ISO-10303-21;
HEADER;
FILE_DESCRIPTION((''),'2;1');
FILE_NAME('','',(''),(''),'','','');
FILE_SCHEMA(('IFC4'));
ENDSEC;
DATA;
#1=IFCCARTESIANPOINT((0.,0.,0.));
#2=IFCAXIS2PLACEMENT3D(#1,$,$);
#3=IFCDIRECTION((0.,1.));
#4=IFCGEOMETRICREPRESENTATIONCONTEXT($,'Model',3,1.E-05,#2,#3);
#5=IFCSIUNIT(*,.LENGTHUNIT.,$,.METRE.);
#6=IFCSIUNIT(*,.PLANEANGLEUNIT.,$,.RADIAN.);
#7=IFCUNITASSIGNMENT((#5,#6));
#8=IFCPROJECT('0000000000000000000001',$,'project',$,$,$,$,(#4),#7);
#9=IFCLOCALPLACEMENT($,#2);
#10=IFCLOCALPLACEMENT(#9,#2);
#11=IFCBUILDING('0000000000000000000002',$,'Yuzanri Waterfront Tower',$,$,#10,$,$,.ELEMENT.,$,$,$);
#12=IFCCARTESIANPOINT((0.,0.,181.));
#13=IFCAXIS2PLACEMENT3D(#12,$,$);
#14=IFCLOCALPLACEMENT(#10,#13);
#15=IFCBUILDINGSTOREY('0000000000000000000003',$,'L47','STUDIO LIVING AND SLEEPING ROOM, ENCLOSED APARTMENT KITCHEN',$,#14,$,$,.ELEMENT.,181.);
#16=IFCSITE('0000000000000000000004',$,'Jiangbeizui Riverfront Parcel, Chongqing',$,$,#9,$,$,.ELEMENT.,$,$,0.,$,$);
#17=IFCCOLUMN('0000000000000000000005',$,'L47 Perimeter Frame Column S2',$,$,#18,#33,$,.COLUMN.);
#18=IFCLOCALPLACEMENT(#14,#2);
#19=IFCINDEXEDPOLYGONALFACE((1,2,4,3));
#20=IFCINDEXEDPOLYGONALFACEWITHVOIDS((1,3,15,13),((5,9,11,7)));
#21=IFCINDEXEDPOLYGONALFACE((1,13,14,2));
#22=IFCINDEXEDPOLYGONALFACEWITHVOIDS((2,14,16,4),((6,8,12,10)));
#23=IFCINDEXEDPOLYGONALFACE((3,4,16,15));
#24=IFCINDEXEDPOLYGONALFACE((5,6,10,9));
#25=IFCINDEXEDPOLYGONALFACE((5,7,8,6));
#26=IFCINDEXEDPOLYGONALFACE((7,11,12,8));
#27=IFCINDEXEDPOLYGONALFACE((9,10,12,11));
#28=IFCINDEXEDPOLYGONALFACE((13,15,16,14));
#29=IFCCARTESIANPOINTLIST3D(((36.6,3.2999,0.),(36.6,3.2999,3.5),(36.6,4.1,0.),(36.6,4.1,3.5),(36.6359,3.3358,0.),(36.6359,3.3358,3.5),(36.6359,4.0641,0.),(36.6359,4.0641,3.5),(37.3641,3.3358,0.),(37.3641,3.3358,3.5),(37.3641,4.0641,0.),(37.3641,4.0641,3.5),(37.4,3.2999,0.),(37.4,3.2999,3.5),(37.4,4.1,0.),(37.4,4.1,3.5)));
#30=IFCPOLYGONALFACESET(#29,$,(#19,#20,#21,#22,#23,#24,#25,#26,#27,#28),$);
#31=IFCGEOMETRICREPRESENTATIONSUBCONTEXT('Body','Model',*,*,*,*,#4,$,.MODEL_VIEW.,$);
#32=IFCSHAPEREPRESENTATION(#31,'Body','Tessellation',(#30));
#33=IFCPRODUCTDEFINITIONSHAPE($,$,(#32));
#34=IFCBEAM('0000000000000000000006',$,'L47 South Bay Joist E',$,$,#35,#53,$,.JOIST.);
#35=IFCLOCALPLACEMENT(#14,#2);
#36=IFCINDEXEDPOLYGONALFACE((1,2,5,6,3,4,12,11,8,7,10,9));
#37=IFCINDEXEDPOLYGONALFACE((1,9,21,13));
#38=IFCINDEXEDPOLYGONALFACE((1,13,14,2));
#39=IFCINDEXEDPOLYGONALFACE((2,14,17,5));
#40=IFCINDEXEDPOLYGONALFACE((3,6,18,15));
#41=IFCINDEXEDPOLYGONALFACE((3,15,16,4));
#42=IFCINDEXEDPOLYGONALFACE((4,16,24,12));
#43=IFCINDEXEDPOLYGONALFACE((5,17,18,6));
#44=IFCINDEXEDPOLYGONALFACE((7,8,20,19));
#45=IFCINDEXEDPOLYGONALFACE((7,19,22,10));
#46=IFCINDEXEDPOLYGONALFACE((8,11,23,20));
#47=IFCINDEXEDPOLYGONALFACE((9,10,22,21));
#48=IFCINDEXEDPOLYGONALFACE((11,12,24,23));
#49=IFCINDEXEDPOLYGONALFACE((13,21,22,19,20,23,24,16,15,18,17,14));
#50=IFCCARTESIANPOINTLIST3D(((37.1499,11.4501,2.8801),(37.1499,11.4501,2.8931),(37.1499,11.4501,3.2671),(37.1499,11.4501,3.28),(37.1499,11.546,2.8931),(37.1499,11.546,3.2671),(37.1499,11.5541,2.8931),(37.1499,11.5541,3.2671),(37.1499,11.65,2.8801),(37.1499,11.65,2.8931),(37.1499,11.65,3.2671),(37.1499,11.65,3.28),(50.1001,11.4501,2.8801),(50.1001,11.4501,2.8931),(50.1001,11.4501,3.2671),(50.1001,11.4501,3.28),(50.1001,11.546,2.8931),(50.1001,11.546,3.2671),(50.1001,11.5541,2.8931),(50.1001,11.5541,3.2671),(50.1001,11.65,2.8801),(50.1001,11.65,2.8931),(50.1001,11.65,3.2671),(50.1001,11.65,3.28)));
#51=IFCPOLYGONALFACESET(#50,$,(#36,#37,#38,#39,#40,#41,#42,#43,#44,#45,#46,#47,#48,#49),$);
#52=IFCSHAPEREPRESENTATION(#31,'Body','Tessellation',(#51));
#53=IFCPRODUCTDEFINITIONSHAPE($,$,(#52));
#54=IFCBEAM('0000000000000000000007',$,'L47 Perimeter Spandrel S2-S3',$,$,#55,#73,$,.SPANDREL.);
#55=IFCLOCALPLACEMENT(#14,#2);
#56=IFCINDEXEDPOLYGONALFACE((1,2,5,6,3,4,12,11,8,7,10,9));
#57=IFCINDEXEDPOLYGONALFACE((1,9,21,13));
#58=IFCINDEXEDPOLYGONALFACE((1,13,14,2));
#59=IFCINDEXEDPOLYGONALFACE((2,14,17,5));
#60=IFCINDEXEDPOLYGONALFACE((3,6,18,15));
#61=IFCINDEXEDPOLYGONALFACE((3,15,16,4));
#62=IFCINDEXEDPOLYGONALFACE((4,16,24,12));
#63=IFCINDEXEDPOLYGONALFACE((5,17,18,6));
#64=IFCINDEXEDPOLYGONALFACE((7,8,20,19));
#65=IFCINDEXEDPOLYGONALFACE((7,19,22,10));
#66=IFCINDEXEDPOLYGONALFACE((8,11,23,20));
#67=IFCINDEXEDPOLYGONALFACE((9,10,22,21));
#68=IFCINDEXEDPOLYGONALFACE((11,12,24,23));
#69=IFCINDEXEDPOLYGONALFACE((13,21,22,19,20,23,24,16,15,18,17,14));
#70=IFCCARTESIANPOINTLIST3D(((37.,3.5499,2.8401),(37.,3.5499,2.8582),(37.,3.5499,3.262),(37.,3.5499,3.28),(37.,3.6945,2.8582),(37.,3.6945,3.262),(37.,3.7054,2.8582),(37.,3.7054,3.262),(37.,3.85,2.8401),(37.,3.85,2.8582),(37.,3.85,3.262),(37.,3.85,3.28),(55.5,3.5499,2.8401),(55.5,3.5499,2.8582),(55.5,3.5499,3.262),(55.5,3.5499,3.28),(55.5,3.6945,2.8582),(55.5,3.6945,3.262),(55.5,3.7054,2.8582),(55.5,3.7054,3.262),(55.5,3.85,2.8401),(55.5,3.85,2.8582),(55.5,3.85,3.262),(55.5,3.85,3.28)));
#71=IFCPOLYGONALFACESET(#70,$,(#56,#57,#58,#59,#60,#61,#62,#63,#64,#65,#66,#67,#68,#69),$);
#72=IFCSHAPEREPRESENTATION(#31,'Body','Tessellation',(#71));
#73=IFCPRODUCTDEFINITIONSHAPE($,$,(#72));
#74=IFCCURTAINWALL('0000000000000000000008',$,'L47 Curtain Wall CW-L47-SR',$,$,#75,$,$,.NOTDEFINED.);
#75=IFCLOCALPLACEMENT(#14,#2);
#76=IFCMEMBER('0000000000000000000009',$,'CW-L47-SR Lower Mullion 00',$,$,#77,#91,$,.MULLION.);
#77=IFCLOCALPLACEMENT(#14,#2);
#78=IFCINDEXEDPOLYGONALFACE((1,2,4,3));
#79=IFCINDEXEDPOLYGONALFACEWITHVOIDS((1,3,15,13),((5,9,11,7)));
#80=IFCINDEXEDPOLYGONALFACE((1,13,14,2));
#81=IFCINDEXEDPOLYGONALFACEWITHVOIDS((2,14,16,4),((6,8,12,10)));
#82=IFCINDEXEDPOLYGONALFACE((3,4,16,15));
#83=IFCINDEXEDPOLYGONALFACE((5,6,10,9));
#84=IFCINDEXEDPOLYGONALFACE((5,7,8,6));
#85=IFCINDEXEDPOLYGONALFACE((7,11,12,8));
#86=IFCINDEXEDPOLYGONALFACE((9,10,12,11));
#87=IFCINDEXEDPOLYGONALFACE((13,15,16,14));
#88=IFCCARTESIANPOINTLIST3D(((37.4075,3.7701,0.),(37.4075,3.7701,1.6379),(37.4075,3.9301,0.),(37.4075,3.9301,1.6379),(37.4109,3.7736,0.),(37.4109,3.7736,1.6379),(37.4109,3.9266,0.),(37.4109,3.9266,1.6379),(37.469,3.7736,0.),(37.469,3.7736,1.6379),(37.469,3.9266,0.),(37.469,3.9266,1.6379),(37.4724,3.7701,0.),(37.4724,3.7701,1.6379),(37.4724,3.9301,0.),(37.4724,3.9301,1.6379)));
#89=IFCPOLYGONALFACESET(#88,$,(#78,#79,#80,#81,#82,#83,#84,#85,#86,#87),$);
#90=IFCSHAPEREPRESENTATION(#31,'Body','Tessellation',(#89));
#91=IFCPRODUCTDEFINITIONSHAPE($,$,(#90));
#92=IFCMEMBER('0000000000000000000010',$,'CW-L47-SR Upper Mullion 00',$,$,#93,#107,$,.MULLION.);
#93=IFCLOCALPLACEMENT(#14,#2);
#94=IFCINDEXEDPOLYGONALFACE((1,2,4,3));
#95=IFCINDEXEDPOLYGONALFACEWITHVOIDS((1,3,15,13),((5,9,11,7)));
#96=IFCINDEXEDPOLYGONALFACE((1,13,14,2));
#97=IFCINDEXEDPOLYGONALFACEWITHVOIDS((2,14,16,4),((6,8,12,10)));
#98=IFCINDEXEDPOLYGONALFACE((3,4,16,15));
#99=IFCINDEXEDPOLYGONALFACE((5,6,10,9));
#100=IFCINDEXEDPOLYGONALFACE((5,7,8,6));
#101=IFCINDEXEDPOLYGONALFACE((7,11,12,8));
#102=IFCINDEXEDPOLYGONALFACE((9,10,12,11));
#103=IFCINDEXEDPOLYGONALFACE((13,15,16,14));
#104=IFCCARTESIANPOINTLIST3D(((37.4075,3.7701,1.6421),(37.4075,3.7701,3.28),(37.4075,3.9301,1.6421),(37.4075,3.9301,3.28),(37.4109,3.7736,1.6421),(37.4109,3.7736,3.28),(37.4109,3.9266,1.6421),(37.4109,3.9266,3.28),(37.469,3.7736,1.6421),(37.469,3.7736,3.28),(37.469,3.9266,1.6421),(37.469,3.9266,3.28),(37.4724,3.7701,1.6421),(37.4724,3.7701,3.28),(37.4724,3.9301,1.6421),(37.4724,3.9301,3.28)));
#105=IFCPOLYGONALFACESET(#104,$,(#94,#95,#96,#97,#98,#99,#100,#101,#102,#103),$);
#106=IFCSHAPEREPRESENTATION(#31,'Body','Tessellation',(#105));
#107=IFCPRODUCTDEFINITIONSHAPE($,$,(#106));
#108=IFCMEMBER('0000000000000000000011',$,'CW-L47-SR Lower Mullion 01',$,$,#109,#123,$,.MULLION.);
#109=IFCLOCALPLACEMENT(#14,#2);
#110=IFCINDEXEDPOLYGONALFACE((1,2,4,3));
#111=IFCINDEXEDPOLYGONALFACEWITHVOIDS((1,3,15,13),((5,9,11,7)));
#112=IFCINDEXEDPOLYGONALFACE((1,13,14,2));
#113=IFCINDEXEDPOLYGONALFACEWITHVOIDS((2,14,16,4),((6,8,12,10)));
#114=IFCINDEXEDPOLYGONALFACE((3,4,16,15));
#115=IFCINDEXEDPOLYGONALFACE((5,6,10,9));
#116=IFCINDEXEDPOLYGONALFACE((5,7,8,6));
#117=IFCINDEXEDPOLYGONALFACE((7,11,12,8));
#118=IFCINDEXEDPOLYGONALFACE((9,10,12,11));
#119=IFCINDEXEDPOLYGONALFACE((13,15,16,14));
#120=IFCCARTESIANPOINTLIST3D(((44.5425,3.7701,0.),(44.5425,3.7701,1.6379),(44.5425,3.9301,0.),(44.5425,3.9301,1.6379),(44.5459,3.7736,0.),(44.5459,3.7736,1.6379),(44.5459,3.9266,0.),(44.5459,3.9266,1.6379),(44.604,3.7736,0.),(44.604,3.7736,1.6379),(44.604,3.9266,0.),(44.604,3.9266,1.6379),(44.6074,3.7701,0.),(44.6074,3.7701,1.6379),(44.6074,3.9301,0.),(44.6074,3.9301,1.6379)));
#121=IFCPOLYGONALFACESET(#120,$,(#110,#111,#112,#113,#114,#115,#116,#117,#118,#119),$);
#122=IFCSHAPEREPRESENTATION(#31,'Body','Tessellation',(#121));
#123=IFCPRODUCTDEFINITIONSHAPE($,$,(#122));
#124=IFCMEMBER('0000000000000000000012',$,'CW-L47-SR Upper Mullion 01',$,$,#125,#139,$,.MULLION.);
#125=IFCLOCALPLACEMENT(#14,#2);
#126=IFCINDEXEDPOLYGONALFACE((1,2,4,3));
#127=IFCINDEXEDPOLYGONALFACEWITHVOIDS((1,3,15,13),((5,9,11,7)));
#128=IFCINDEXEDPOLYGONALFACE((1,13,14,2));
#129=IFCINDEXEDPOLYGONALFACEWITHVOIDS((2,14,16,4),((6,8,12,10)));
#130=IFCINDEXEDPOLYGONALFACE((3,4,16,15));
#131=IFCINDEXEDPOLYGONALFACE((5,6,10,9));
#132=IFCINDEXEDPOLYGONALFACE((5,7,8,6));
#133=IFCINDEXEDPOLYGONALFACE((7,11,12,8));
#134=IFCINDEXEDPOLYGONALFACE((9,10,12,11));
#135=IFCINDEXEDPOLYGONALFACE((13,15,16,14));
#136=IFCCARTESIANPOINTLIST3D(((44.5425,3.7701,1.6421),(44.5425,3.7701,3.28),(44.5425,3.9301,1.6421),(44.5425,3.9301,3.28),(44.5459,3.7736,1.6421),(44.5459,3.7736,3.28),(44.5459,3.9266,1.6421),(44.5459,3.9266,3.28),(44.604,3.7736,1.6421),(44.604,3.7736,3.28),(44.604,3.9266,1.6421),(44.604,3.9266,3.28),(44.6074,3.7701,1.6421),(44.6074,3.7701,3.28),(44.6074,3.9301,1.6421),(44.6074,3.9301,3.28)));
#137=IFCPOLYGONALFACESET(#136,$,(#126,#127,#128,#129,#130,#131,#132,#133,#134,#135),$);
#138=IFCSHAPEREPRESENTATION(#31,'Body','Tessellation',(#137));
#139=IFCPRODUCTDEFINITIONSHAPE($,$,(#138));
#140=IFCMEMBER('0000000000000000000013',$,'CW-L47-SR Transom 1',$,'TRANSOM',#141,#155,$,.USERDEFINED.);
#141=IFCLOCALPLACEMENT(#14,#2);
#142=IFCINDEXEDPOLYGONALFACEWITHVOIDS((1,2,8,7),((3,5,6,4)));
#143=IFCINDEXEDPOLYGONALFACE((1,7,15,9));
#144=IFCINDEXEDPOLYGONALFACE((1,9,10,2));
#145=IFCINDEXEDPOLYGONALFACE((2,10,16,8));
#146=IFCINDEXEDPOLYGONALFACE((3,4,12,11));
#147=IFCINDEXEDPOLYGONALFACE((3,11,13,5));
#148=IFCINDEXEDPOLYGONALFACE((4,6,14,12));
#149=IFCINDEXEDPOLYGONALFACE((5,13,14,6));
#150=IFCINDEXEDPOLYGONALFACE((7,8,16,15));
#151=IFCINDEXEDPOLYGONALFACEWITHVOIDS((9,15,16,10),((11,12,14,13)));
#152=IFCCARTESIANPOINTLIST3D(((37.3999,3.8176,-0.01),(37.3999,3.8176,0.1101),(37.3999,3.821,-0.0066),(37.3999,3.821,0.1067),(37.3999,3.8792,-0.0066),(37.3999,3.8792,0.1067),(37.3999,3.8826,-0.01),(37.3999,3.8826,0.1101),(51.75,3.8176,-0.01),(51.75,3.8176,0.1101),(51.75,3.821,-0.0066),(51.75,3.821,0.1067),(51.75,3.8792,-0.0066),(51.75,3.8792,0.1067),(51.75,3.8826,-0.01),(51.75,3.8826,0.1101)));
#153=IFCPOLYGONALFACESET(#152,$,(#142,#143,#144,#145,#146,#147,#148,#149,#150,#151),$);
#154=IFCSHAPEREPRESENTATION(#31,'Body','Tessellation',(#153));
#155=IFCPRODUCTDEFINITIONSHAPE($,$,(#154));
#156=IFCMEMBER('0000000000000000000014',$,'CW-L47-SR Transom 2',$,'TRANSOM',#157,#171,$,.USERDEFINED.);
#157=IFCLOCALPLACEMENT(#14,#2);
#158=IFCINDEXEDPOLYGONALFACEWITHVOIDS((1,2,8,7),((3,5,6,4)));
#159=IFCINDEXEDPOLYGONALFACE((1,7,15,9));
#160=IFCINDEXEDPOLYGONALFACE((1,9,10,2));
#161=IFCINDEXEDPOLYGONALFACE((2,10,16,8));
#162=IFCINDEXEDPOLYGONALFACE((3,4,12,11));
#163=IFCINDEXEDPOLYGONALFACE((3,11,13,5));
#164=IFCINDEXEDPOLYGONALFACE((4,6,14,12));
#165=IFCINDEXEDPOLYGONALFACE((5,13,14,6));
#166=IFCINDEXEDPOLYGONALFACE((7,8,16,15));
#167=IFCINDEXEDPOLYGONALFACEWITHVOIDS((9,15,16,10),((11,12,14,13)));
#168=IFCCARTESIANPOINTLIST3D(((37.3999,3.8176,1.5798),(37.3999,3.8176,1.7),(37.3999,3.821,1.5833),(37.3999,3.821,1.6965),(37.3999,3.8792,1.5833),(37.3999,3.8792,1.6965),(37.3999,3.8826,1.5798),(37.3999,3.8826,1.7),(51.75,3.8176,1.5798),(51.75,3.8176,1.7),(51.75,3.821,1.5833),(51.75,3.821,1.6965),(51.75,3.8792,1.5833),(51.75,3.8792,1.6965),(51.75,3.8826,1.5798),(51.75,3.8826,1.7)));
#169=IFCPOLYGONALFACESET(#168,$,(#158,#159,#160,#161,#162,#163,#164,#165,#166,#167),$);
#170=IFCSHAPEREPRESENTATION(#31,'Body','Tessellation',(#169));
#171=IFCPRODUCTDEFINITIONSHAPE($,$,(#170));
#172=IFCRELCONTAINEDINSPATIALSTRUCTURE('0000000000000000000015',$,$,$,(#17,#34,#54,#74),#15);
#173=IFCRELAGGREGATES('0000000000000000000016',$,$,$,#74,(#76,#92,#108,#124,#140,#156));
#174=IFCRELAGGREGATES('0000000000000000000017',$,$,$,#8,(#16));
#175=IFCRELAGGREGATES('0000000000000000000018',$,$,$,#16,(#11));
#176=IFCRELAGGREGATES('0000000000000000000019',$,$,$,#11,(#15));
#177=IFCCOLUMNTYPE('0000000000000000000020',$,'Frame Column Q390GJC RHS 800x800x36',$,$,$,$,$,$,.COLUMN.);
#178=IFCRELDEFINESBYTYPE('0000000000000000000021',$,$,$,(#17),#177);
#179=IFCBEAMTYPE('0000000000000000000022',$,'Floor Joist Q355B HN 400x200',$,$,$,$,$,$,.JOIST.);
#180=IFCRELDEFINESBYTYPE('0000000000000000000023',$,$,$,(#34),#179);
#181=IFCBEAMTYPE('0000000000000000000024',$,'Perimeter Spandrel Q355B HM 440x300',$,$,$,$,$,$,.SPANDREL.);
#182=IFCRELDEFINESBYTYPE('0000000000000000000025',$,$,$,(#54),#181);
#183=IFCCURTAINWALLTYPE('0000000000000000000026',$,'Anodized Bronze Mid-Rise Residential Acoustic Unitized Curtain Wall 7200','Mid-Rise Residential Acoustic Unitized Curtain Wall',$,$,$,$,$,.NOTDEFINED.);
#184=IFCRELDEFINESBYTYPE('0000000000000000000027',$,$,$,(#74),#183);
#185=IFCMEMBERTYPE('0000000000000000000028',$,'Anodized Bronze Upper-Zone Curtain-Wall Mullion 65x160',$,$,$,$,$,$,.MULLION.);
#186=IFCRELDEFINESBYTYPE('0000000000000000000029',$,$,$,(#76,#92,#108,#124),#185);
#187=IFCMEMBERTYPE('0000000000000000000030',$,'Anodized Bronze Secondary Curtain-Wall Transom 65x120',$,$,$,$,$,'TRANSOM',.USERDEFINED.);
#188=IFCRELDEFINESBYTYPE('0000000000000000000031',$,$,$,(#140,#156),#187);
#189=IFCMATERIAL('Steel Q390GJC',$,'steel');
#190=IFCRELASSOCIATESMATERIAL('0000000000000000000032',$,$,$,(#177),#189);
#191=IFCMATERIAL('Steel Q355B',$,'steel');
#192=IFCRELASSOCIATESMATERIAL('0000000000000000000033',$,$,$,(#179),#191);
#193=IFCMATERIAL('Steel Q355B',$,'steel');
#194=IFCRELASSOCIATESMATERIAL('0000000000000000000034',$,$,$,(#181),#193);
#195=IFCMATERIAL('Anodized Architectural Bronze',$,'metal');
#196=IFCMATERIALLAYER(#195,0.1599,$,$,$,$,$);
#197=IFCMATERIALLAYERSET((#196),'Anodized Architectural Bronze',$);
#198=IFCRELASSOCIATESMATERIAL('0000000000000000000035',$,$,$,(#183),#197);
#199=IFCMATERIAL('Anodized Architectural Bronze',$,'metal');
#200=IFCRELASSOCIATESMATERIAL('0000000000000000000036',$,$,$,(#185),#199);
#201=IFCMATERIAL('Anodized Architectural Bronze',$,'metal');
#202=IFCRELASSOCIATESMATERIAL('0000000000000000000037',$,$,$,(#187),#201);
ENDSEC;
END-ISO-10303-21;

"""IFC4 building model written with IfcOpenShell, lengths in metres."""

from ifc_helpers import new_model, si_unit, direction, frame, origin, origin_2d, place, context, subcontext, project, spatial, hollow_rectangle, i_section, extrude, source, transform, mapped, material, layer, layer_set, material_profile, profile_set, type_object, element, aggregate, save


model = new_model("IFC4")

# Units and contexts
model_context = context("Model", 3, precision=1e-05, world=origin(), true_north=direction((0.0, 1.0)))
body_context = subcontext(model_context, "Body", "Model", "MODEL_VIEW")
ifc_project = project(units=[si_unit("LENGTHUNIT", "METRE"), si_unit("PLANEANGLEUNIT", "RADIAN")], contexts=[model_context])

# Site, building, storey
site_placement = place(None, origin())
site = spatial("IfcSite", under=ifc_project, at=site_placement, Name="Jiangbeizui Riverfront Parcel, Chongqing", CompositionType="ELEMENT", RefElevation=0.0)
building_placement = place(site_placement, origin())
building = spatial("IfcBuilding", under=site, at=building_placement, Name="Yuzanri Waterfront Tower", CompositionType="ELEMENT")
storey_placement = place(building_placement, frame((0.0, 0.0, 181.0)))
storey = spatial("IfcBuildingStorey", under=building, at=storey_placement, Name="L47", Description="STUDIO LIVING AND SLEEPING ROOM, ENCLOSED APARTMENT KITCHEN", CompositionType="ELEMENT", Elevation=181.0)

# Column
ifc_material_1 = material(Name="Steel Q390GJC", Category="steel")
ifc_material_profile_1 = material_profile(ifc_material_1, hollow_rectangle(XDim=0.8, YDim=0.8, WallThickness=0.0359, at=origin_2d()), Name="RHS 800x800x36")
ifc_profile_set_1 = profile_set([ifc_material_profile_1], Name="Steel Q390GJC")
column_type = type_object("IfcColumnType", Name="Frame Column Q390GJC RHS 800x800x36", PredefinedType="COLUMN", material=ifc_profile_set_1)
shared_shape_1 = source(origin(), body_context, "Body", "SweptSolid", [
    extrude(hollow_rectangle(XDim=0.8, YDim=0.8, WallThickness=0.0359, at=origin_2d()), origin(), (0.0, 0.0, 1.0), 3.5),
])
column_placement = place(storey_placement, frame((37.0, 3.7, 0.0), z_axis=(0.0, 0.0, 1.0), x_axis=(1.0, 0.0, 0.0)))
element("IfcColumn", 1, at=column_placement, inside=storey, type_object=column_type, Name="L47 Perimeter Frame Column S2", PredefinedType="COLUMN", context=body_context, shape_type="MappedRepresentation", body=[
    mapped(shared_shape_1, transform((0.0, 0.0, 0.0), scale=1.0)),
])

# Beams
ifc_material_2 = material(Name="Steel Q355B", Category="steel")
ifc_material_profile_2 = material_profile(ifc_material_2, i_section(OverallWidth=0.2, OverallDepth=0.3999, WebThickness=0.0081, FlangeThickness=0.0129, at=origin_2d()), Name="HN 400x200x8x13")
ifc_profile_set_2 = profile_set([ifc_material_profile_2], Name="Steel Q355B")
beam_type_1 = type_object("IfcBeamType", Name="Floor Joist Q355B HN 400x200", PredefinedType="JOIST", material=ifc_profile_set_2)
shared_shape_2 = source(origin(), body_context, "Body", "SweptSolid", [
    extrude(i_section(OverallWidth=0.2, OverallDepth=0.3999, WebThickness=0.0081, FlangeThickness=0.0129, at=origin_2d()), origin(), (0.0, 0.0, 1.0), 12.9502),
])
beam_1_placement = place(storey_placement, frame((37.1499, 11.55, 3.0801), z_axis=(1.0, 0.0, 0.0), x_axis=(0.0, 1.0, 0.0)))
element("IfcBeam", 2, at=beam_1_placement, inside=storey, type_object=beam_type_1, Name="L47 South Bay Joist E", PredefinedType="JOIST", context=body_context, shape_type="MappedRepresentation", body=[
    mapped(shared_shape_2, transform((0.0, 0.0, 0.0), scale=1.0)),
])
ifc_material_3 = material(Name="Steel Q355B", Category="steel")
ifc_material_profile_3 = material_profile(ifc_material_3, i_section(OverallWidth=0.3, OverallDepth=0.4399, WebThickness=0.011, FlangeThickness=0.0181, at=origin_2d()), Name="HM 440x300x11x18")
ifc_profile_set_3 = profile_set([ifc_material_profile_3], Name="Steel Q355B")
beam_type_2 = type_object("IfcBeamType", Name="Perimeter Spandrel Q355B HM 440x300", PredefinedType="SPANDREL", material=ifc_profile_set_3)
shared_shape_3 = source(origin(), body_context, "Body", "SweptSolid", [
    extrude(i_section(OverallWidth=0.3, OverallDepth=0.4399, WebThickness=0.011, FlangeThickness=0.0181, at=origin_2d()), origin(), (0.0, 0.0, 1.0), 18.5),
])
beam_2_placement = place(storey_placement, frame((37.0, 3.7, 3.0601), z_axis=(1.0, 0.0, 0.0), x_axis=(0.0, 1.0, 0.0)))
element("IfcBeam", 3, at=beam_2_placement, inside=storey, type_object=beam_type_2, Name="L47 Perimeter Spandrel S2-S3", PredefinedType="SPANDREL", context=body_context, shape_type="MappedRepresentation", body=[
    mapped(shared_shape_3, transform((0.0, 0.0, 0.0), scale=1.0)),
])

# Curtain wall, members
ifc_material_4 = material(Name="Anodized Architectural Bronze", Category="metal")
ifc_layer_1 = layer(ifc_material_4, 0.1599)
ifc_layer_set_1 = layer_set([ifc_layer_1], Name="Anodized Architectural Bronze")
curtain_wall_type = type_object("IfcCurtainWallType", Name="Anodized Bronze Mid-Rise Residential Acoustic Unitized Curtain Wall 7200", Description="Mid-Rise Residential Acoustic Unitized Curtain Wall", PredefinedType="NOTDEFINED", material=ifc_layer_set_1)
curtain_wall_placement = place(storey_placement, origin())
curtain_wall = element("IfcCurtainWall", 4, at=curtain_wall_placement, inside=storey, type_object=curtain_wall_type, Name="L47 Curtain Wall CW-L47-SR", PredefinedType="NOTDEFINED")
ifc_material_5 = material(Name="Anodized Architectural Bronze", Category="metal")
ifc_material_profile_4 = material_profile(ifc_material_5, hollow_rectangle(XDim=0.0649, YDim=0.1599, WallThickness=0.0034, at=origin_2d()), Name="CWM 65x160")
ifc_profile_set_4 = profile_set([ifc_material_profile_4], Name="Anodized Architectural Bronze")
member_type_1 = type_object("IfcMemberType", Name="Anodized Bronze Upper-Zone Curtain-Wall Mullion 65x160", PredefinedType="MULLION", material=ifc_profile_set_4)
shared_shape_4 = source(origin(), body_context, "Body", "SweptSolid", [
    extrude(hollow_rectangle(XDim=0.0649, YDim=0.1599, WallThickness=0.0034, at=origin_2d()), origin(), (0.0, 0.0, 1.0), 1.6379),
])
member_1_placement = place(storey_placement, frame((37.4399, 3.8501, 0.0), z_axis=(0.0, 0.0, 1.0), x_axis=(1.0, 0.0, 0.0)))
member_1 = element("IfcMember", 5, at=member_1_placement, type_object=member_type_1, Name="CW-L47-SR Lower Mullion 00", PredefinedType="MULLION", context=body_context, shape_type="MappedRepresentation", body=[
    mapped(shared_shape_4, transform((0.0, 0.0, 0.0), scale=1.0)),
])
member_2_placement = place(storey_placement, frame((37.4399, 3.8501, 1.6421), z_axis=(0.0, 0.0, 1.0), x_axis=(1.0, 0.0, 0.0)))
member_2 = element("IfcMember", 6, at=member_2_placement, type_object=member_type_1, Name="CW-L47-SR Upper Mullion 00", PredefinedType="MULLION", context=body_context, shape_type="MappedRepresentation", body=[
    mapped(shared_shape_4, transform((0.0, 0.0, 0.0), scale=1.0)),
])
member_3_placement = place(storey_placement, frame((44.575, 3.8501, 0.0), z_axis=(0.0, 0.0, 1.0), x_axis=(1.0, 0.0, 0.0)))
member_3 = element("IfcMember", 7, at=member_3_placement, type_object=member_type_1, Name="CW-L47-SR Lower Mullion 01", PredefinedType="MULLION", context=body_context, shape_type="MappedRepresentation", body=[
    mapped(shared_shape_4, transform((0.0, 0.0, 0.0), scale=1.0)),
])
member_4_placement = place(storey_placement, frame((44.575, 3.8501, 1.6421), z_axis=(0.0, 0.0, 1.0), x_axis=(1.0, 0.0, 0.0)))
member_4 = element("IfcMember", 8, at=member_4_placement, type_object=member_type_1, Name="CW-L47-SR Upper Mullion 01", PredefinedType="MULLION", context=body_context, shape_type="MappedRepresentation", body=[
    mapped(shared_shape_4, transform((0.0, 0.0, 0.0), scale=1.0)),
])
ifc_material_6 = material(Name="Anodized Architectural Bronze", Category="metal")
ifc_material_profile_5 = material_profile(ifc_material_6, hollow_rectangle(XDim=0.0649, YDim=0.1201, WallThickness=0.0034, at=origin_2d()), Name="CWT 65x120")
ifc_profile_set_5 = profile_set([ifc_material_profile_5], Name="Anodized Architectural Bronze")
member_type_2 = type_object("IfcMemberType", Name="Anodized Bronze Secondary Curtain-Wall Transom 65x120", ElementType="TRANSOM", PredefinedType="USERDEFINED", material=ifc_profile_set_5)
shared_shape_5 = source(origin(), body_context, "Body", "SweptSolid", [
    extrude(hollow_rectangle(XDim=0.0649, YDim=0.1201, WallThickness=0.0034, at=origin_2d()), origin(), (0.0, 0.0, 1.0), 14.3501),
])
member_5_placement = place(storey_placement, frame((37.3999, 3.8501, 0.05), z_axis=(1.0, 0.0, 0.0), x_axis=(0.0, 1.0, 0.0)))
member_5 = element("IfcMember", 9, at=member_5_placement, type_object=member_type_2, Name="CW-L47-SR Transom 1", ObjectType="TRANSOM", PredefinedType="USERDEFINED", context=body_context, shape_type="MappedRepresentation", body=[
    mapped(shared_shape_5, transform((0.0, 0.0, 0.0), scale=1.0)),
])
member_6_placement = place(storey_placement, frame((37.3999, 3.8501, 1.6399), z_axis=(1.0, 0.0, 0.0), x_axis=(0.0, 1.0, 0.0)))
member_6 = element("IfcMember", 10, at=member_6_placement, type_object=member_type_2, Name="CW-L47-SR Transom 2", ObjectType="TRANSOM", PredefinedType="USERDEFINED", context=body_context, shape_type="MappedRepresentation", body=[
    mapped(shared_shape_5, transform((0.0, 0.0, 0.0), scale=1.0)),
])
aggregate(curtain_wall, [member_1, member_2, member_3, member_4, member_5, member_6])

save(model, "model.ifc")
